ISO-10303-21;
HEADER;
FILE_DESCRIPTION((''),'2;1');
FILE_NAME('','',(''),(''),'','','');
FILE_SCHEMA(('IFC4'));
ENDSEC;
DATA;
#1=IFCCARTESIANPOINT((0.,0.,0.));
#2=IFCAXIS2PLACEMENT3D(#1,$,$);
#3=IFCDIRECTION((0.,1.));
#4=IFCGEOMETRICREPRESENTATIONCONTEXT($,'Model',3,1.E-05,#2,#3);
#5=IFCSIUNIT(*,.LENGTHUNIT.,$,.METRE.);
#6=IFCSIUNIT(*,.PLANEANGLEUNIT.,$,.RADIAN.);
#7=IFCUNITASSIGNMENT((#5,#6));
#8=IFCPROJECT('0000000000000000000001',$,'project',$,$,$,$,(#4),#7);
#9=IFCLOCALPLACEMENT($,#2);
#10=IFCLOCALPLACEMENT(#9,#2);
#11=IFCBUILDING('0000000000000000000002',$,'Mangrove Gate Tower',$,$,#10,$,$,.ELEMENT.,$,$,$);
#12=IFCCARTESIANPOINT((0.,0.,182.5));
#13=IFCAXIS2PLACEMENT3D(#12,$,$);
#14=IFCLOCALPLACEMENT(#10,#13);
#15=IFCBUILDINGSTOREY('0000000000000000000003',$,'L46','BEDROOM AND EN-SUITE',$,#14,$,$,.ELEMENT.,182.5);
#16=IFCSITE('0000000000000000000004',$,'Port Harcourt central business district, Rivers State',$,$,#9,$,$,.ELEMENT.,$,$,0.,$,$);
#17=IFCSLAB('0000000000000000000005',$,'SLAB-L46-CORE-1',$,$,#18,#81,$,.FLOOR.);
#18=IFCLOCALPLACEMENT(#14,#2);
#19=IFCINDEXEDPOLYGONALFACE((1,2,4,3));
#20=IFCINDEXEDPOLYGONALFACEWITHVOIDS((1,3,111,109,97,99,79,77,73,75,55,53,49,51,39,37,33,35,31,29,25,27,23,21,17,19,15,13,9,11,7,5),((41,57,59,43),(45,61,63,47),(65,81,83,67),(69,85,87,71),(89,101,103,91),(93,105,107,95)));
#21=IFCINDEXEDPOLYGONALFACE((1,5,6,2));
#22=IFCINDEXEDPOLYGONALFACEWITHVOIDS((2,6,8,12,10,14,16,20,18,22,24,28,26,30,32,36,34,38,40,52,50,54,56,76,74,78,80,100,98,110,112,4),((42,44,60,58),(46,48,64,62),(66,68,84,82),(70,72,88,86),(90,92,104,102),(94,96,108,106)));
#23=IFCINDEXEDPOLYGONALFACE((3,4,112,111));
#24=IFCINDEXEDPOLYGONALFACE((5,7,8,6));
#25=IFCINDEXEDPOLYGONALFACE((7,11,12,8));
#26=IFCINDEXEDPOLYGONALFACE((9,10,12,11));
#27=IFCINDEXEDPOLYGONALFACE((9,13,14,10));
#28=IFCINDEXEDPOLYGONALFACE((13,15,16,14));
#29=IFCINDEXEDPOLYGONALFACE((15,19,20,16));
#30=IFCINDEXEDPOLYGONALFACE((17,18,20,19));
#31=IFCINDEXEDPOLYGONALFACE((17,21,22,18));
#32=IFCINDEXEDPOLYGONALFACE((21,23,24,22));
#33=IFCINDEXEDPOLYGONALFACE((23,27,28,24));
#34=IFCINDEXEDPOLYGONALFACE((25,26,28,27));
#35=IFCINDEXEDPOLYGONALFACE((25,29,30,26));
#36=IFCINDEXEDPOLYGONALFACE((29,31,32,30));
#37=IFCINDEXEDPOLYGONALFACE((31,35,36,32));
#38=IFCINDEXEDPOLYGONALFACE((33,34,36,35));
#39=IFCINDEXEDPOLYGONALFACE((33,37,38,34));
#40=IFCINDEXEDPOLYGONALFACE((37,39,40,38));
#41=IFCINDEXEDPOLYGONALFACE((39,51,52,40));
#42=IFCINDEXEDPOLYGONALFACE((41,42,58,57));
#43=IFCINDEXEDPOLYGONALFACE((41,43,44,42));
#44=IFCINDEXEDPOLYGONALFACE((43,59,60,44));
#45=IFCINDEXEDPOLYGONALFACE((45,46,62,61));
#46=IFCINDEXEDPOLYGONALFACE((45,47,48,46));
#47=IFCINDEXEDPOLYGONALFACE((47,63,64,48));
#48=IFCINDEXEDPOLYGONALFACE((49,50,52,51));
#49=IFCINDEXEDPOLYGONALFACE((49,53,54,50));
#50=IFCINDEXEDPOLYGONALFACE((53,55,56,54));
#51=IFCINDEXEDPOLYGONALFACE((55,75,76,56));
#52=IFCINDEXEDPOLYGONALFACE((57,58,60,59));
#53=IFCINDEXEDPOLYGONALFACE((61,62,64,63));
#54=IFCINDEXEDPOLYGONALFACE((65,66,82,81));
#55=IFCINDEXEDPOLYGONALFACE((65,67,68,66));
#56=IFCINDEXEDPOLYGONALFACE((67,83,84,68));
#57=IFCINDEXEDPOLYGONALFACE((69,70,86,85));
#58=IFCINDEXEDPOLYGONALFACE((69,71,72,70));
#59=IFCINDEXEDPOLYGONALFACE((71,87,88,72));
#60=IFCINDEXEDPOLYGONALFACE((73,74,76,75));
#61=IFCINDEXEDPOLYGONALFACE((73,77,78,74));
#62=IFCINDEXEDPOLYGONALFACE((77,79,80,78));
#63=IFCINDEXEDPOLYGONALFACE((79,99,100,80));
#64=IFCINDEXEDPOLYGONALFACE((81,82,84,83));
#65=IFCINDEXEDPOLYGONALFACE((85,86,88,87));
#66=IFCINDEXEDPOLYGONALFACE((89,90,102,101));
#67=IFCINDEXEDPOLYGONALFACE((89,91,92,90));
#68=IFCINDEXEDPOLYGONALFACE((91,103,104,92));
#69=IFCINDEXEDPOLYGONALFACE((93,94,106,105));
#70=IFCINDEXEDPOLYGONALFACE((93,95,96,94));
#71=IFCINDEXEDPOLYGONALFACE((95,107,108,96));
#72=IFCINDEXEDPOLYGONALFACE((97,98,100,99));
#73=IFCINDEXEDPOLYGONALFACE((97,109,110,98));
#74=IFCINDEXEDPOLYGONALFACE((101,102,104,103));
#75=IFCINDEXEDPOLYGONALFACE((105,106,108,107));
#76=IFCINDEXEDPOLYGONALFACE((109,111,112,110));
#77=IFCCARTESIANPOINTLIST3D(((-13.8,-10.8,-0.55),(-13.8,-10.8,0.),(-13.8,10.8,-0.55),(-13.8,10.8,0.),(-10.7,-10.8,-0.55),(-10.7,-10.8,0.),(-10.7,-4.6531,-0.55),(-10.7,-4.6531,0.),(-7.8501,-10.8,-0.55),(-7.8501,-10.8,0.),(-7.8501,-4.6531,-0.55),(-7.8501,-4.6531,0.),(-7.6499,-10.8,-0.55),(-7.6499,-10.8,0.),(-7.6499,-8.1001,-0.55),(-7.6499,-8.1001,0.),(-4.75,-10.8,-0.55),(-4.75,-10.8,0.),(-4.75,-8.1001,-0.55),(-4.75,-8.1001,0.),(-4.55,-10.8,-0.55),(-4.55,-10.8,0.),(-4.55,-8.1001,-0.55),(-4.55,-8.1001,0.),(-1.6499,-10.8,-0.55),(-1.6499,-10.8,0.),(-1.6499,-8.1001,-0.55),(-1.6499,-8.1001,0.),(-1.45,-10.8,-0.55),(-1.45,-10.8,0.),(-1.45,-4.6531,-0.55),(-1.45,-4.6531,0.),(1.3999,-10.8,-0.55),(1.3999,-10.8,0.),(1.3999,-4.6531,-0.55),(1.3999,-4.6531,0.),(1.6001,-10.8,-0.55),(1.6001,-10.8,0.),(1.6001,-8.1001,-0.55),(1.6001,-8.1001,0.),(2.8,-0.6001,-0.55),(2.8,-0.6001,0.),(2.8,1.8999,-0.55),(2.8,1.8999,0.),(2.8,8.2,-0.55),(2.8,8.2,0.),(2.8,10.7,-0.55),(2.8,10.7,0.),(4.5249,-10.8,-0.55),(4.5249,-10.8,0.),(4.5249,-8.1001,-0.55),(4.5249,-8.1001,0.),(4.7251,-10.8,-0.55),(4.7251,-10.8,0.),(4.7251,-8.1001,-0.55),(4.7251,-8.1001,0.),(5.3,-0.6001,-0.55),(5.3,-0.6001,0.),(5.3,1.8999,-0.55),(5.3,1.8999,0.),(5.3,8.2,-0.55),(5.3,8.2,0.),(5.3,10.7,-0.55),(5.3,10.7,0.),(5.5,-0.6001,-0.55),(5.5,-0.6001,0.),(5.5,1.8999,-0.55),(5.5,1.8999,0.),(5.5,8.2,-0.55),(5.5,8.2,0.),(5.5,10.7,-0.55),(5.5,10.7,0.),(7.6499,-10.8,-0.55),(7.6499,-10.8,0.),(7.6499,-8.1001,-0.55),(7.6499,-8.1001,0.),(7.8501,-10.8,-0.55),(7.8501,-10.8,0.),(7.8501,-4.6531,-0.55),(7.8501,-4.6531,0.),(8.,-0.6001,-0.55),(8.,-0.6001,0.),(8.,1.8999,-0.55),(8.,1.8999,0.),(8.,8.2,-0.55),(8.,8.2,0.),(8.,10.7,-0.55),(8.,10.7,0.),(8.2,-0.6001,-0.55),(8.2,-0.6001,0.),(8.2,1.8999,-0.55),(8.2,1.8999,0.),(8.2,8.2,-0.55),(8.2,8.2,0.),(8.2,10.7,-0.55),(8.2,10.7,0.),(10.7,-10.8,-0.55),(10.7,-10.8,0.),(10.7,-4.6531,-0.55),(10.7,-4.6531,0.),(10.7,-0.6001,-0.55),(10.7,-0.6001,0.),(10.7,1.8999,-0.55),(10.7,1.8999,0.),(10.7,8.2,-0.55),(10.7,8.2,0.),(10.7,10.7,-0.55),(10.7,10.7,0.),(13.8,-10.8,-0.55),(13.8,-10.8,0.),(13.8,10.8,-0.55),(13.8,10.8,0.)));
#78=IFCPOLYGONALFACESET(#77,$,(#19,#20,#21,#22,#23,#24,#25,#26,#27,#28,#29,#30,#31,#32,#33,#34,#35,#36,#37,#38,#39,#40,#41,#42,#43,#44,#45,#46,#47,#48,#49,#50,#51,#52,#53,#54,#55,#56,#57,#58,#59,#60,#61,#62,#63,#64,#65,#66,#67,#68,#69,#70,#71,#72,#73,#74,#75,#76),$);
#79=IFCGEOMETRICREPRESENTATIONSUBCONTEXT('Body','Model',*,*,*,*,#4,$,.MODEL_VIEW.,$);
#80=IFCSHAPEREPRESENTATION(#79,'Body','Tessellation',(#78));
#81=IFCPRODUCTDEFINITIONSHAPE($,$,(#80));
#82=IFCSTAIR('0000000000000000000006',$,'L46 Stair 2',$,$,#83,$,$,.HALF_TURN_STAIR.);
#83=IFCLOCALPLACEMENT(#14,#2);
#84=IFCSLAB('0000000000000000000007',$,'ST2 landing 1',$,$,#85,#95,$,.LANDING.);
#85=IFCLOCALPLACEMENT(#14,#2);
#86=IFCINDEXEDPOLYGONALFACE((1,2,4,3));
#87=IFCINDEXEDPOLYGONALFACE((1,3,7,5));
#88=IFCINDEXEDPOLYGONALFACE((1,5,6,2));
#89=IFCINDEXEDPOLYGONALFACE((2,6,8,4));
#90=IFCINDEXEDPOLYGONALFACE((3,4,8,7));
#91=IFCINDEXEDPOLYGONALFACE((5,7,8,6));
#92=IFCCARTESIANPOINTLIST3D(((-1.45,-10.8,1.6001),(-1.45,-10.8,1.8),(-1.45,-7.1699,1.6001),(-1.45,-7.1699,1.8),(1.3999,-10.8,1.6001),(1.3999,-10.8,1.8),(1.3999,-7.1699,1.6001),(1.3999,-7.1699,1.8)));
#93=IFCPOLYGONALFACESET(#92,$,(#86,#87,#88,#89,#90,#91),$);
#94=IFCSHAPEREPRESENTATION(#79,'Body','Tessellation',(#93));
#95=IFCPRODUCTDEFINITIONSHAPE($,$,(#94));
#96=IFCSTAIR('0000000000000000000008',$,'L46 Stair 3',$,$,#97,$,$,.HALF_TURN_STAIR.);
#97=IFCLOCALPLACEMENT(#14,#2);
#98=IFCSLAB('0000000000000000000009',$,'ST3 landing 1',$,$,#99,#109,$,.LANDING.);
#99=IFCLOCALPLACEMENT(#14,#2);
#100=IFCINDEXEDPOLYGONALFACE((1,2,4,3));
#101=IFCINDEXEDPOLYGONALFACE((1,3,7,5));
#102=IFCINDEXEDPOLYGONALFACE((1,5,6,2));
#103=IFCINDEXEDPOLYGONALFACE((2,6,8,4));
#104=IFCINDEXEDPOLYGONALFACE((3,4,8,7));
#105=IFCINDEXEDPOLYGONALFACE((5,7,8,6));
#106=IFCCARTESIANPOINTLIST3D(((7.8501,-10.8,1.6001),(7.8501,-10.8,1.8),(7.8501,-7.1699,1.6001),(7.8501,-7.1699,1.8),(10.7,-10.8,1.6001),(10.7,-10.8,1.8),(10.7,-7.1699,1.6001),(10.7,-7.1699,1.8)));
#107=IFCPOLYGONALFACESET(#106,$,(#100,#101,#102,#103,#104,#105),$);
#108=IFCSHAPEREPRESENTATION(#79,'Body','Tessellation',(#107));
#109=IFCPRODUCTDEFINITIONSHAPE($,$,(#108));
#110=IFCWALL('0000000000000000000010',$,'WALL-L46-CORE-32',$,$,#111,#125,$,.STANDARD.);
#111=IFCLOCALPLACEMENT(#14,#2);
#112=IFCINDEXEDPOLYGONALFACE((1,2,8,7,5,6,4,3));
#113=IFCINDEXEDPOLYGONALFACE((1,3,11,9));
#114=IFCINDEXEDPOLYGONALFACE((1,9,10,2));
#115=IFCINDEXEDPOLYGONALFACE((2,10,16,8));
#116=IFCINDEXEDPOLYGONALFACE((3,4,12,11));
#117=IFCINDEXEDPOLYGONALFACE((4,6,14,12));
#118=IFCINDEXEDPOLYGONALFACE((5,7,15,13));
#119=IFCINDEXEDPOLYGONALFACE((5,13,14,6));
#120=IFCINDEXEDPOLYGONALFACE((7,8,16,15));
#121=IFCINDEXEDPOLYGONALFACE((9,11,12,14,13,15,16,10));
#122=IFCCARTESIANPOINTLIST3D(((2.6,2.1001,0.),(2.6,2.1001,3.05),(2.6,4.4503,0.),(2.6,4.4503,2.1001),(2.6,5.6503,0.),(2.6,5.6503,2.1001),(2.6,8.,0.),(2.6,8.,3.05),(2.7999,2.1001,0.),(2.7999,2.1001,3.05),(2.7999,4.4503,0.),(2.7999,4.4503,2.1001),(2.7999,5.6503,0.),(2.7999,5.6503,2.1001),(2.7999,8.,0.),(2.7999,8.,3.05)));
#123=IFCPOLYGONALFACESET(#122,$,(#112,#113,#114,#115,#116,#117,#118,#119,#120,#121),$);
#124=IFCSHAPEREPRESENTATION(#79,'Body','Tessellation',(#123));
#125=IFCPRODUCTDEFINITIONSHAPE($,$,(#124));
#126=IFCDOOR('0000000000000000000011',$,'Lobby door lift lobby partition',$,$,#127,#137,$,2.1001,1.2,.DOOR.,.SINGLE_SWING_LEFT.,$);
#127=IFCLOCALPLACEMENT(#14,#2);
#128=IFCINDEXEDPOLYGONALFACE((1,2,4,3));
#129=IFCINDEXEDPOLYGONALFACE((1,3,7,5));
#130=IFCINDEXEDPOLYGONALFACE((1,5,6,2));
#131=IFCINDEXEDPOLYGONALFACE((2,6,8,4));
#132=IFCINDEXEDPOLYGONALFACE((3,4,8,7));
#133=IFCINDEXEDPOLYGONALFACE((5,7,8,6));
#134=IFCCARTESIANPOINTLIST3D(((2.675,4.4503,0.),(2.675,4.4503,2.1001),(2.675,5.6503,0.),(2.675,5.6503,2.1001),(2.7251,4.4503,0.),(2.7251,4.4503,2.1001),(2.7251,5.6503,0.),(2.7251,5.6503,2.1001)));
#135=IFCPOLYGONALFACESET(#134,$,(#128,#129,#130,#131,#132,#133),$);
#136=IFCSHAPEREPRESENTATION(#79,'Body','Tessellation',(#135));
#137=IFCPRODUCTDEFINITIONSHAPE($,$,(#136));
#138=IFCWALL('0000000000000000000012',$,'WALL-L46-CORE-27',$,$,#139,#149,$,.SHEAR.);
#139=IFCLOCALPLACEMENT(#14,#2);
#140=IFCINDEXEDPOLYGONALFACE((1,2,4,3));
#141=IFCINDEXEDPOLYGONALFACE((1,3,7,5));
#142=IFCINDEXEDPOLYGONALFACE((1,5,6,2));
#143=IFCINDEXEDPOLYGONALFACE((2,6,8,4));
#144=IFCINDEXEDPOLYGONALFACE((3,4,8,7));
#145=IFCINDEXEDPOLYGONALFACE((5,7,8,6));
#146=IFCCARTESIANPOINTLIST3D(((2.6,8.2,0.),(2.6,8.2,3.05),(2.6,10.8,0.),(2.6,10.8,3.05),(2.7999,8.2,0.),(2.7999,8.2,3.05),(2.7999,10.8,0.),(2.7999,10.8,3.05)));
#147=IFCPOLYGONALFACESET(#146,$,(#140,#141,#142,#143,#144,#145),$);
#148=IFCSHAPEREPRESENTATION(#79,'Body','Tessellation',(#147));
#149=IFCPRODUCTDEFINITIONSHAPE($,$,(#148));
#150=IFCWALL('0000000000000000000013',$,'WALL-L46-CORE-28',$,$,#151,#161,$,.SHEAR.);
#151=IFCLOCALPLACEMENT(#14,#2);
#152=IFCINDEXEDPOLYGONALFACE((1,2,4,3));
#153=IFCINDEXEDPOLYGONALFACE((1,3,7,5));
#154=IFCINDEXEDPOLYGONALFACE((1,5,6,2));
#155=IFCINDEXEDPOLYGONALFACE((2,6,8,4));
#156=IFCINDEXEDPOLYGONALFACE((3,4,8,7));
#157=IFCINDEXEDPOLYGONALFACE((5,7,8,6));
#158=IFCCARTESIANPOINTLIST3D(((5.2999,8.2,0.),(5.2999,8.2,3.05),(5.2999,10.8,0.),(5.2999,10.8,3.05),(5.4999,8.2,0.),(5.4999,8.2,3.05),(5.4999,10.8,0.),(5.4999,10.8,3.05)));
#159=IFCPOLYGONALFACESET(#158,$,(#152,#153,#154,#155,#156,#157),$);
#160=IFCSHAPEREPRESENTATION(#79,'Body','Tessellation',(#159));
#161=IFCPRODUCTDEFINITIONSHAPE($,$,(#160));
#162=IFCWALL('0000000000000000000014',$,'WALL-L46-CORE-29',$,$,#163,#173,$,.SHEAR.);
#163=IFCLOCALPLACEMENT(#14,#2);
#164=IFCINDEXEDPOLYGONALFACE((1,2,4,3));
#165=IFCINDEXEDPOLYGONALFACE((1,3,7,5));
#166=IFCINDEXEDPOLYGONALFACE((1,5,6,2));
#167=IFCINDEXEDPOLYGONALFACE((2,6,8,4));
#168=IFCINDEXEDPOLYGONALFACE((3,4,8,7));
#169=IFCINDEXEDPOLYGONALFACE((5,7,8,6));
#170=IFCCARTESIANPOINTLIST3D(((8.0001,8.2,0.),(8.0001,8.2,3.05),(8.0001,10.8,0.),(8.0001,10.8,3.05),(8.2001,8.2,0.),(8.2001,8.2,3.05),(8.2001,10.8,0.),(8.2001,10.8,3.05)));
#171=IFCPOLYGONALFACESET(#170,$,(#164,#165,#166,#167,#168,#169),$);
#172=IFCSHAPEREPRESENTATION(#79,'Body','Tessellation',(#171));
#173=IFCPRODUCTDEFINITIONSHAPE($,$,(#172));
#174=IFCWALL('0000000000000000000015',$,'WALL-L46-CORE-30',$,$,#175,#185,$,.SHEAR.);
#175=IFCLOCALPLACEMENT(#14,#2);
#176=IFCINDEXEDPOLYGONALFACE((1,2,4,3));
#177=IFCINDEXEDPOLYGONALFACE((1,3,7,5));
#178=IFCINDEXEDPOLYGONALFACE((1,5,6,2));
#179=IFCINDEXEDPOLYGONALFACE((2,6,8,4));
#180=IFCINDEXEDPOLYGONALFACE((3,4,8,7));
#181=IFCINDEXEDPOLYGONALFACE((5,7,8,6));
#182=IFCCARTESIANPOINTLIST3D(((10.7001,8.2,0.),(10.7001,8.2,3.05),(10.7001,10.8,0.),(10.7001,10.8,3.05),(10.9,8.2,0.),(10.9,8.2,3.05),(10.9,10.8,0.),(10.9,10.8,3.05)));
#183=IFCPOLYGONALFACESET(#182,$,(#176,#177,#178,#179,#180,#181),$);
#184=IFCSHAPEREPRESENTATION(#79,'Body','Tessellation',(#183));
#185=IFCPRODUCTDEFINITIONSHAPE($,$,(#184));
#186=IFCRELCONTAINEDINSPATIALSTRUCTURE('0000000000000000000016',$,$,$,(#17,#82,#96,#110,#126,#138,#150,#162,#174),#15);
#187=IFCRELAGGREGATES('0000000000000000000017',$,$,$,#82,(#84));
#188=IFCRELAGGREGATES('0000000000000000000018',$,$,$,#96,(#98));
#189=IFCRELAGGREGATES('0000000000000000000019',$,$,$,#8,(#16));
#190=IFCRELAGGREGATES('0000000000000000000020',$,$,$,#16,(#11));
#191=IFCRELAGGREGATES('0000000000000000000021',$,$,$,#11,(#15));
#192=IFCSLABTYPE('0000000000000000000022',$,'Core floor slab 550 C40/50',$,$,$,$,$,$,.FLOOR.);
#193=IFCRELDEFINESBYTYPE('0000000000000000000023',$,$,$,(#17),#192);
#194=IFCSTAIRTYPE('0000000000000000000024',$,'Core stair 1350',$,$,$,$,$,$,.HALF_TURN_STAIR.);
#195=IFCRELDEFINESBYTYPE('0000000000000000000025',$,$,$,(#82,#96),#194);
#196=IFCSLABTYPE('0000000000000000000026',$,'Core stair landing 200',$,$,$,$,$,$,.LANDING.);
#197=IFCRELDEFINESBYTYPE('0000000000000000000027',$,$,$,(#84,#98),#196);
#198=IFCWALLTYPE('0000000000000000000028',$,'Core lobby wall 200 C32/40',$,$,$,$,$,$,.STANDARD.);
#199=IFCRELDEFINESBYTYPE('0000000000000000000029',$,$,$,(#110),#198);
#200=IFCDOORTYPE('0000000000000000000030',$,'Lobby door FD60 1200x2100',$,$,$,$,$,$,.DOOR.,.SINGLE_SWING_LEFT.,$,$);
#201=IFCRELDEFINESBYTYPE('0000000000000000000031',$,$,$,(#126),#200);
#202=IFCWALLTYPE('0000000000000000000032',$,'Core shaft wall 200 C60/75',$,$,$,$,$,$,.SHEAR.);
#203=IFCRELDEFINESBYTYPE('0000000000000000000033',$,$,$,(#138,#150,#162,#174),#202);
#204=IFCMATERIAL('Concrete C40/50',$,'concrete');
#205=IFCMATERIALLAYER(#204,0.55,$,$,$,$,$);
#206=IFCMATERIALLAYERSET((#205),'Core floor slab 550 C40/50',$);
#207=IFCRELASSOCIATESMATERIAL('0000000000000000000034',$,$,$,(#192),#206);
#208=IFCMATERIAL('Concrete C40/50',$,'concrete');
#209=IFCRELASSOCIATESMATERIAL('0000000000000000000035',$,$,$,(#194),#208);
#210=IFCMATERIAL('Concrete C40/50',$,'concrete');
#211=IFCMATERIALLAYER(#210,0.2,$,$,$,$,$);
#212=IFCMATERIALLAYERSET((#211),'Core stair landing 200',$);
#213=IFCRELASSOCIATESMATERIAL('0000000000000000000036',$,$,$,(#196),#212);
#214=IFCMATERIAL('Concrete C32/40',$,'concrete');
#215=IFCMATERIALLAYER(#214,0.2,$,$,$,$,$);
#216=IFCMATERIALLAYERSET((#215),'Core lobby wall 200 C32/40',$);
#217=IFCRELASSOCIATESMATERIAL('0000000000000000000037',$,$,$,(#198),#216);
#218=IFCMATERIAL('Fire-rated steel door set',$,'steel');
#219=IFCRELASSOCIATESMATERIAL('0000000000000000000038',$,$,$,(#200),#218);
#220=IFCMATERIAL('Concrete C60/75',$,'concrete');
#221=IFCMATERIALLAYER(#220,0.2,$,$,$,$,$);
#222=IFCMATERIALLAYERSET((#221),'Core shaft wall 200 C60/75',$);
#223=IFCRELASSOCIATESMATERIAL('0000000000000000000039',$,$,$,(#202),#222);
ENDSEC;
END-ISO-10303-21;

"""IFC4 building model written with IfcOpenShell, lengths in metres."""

from ifc_helpers import new_model, si_unit, direction, frame, frame_2d, origin, place, context, subcontext, project, spatial, polyline, rectangle, outline, extrude, material, layer, layer_set, type_object, element, fill, aggregate, save


model = new_model("IFC4")

# Units and contexts
model_context = context("Model", 3, precision=1e-05, world=origin(), true_north=direction((0.0, 1.0)))
body_context = subcontext(model_context, "Body", "Model", "MODEL_VIEW")
ifc_project = project(units=[si_unit("LENGTHUNIT", "METRE"), si_unit("PLANEANGLEUNIT", "RADIAN")], contexts=[model_context])

# Site, building, storey
site_placement = place(None, origin())
site = spatial("IfcSite", under=ifc_project, at=site_placement, Name="Port Harcourt central business district, Rivers State", CompositionType="ELEMENT", RefElevation=0.0)
building_placement = place(site_placement, origin())
building = spatial("IfcBuilding", under=site, at=building_placement, Name="Mangrove Gate Tower", CompositionType="ELEMENT")
storey_placement = place(building_placement, frame((0.0, 0.0, 182.5)))
storey = spatial("IfcBuildingStorey", under=building, at=storey_placement, Name="L46", Description="BEDROOM AND EN-SUITE", CompositionType="ELEMENT", Elevation=182.5)

# Slab
ifc_material_1 = material(Name="Concrete C40/50", Category="concrete")
ifc_layer_1 = layer(ifc_material_1, 0.55)
ifc_layer_set_1 = layer_set([ifc_layer_1], Name="Core floor slab 550 C40/50")
slab_type_1 = type_object("IfcSlabType", Name="Core floor slab 550 C40/50", PredefinedType="FLOOR", material=ifc_layer_set_1)
slab_1_placement = place(storey_placement, frame((0.0, 0.0, -0.55)))
element("IfcSlab", 1, at=slab_1_placement, inside=storey, type_object=slab_type_1, Name="SLAB-L46-CORE-1", PredefinedType="FLOOR", context=body_context, shape_type="SweptSolid", body=[
    extrude(outline(polyline([(-13.8, -10.8), (-13.8, 10.8), (13.8, 10.8), (13.8, -10.8), (10.7, -10.8), (10.7, -4.6531), (7.8501, -4.6531), (7.8501, -10.8), (7.6499, -10.8), (7.6499, -8.1001), (4.7251, -8.1001), (4.7251, -10.8), (4.5249, -10.8), (4.5249, -8.1001), (1.6001, -8.1001), (1.6001, -10.8), (1.3999, -10.8), (1.3999, -4.6531), (-1.45, -4.6531), (-1.45, -10.8), (-1.6499, -10.8), (-1.6499, -8.1001), (-4.55, -8.1001), (-4.55, -10.8), (-4.75, -10.8), (-4.75, -8.1001), (-7.6499, -8.1001), (-7.6499, -10.8), (-7.8501, -10.8), (-7.8501, -4.6531), (-10.7, -4.6531), (-10.7, -10.8), (-13.8, -10.8)]), holes=[polyline([(5.3, -0.6001), (5.3, 1.8999), (2.8, 1.8999), (2.8, -0.6001), (5.3, -0.6001)]), polyline([(5.3, 10.7), (2.8, 10.7), (2.8, 8.2), (5.3, 8.2), (5.3, 10.7)]), polyline([(8.0, -0.6001), (8.0, 1.8999), (5.5, 1.8999), (5.5, -0.6001), (8.0, -0.6001)]), polyline([(10.7, -0.6001), (10.7, 1.8999), (8.2, 1.8999), (8.2, -0.6001), (10.7, -0.6001)]), polyline([(8.0, 8.2), (8.0, 10.7), (5.5, 10.7), (5.5, 8.2), (8.0, 8.2)]), polyline([(10.7, 8.2), (10.7, 10.7), (8.2, 10.7), (8.2, 8.2), (10.7, 8.2)])]), origin(), (0.0, 0.0, 1.0), 0.55),
])

# Stairs, slabs
ifc_material_2 = material(Name="Concrete C40/50", Category="concrete")
stair_type = type_object("IfcStairType", Name="Core stair 1350", PredefinedType="HALF_TURN_STAIR", material=ifc_material_2)
stair_1_placement = place(storey_placement, origin())
stair_1 = element("IfcStair", 2, at=stair_1_placement, inside=storey, type_object=stair_type, Name="L46 Stair 2", PredefinedType="HALF_TURN_STAIR")
ifc_material_3 = material(Name="Concrete C40/50", Category="concrete")
ifc_layer_2 = layer(ifc_material_3, 0.2)
ifc_layer_set_2 = layer_set([ifc_layer_2], Name="Core stair landing 200")
slab_type_2 = type_object("IfcSlabType", Name="Core stair landing 200", PredefinedType="LANDING", material=ifc_layer_set_2)
slab_2_placement = place(storey_placement, frame((0.0, 0.0, 1.6001)))
slab_2 = element("IfcSlab", 3, at=slab_2_placement, type_object=slab_type_2, Name="ST2 landing 1", PredefinedType="LANDING", context=body_context, shape_type="SweptSolid", body=[
    extrude(outline(polyline([(-1.45, -7.1699), (-1.45, -10.8), (1.3999, -10.8), (1.3999, -7.1699), (-1.45, -7.1699)])), origin(), (0.0, 0.0, 1.0), 0.2),
])
aggregate(stair_1, [slab_2])
stair_2_placement = place(storey_placement, origin())
stair_2 = element("IfcStair", 4, at=stair_2_placement, inside=storey, type_object=stair_type, Name="L46 Stair 3", PredefinedType="HALF_TURN_STAIR")
slab_3_placement = place(storey_placement, frame((0.0, 0.0, 1.6001)))
slab_3 = element("IfcSlab", 5, at=slab_3_placement, type_object=slab_type_2, Name="ST3 landing 1", PredefinedType="LANDING", context=body_context, shape_type="SweptSolid", body=[
    extrude(outline(polyline([(7.8501, -7.1699), (7.8501, -10.8), (10.7, -10.8), (10.7, -7.1699), (7.8501, -7.1699)])), origin(), (0.0, 0.0, 1.0), 0.2),
])
aggregate(stair_2, [slab_3])

# Wall, opening, door
ifc_material_4 = material(Name="Concrete C32/40", Category="concrete")
ifc_layer_3 = layer(ifc_material_4, 0.2)
ifc_layer_set_3 = layer_set([ifc_layer_3], Name="Core lobby wall 200 C32/40")
wall_type_1 = type_object("IfcWallType", Name="Core lobby wall 200 C32/40", PredefinedType="STANDARD", material=ifc_layer_set_3)
wall_1_placement = place(storey_placement, frame((2.7, 2.1001, 0.0), z_axis=(0.0, 0.0, 1.0), x_axis=(0.0, 1.0, 0.0)))
wall_1 = element("IfcWall", 6, at=wall_1_placement, inside=storey, type_object=wall_type_1, Name="WALL-L46-CORE-32", PredefinedType="STANDARD", context=body_context, shape_type="SweptSolid", body=[
    extrude(rectangle(XDim=5.8999, YDim=0.2, at=frame_2d((2.95, 0.0))), origin(), (0.0, 0.0, 1.0), 3.05),
])
opening_1_placement = place(wall_1_placement, frame((2.3501, 0.0, 0.0)))
opening_1 = element("IfcOpeningElement", 7, at=opening_1_placement, cuts=wall_1, PredefinedType="OPENING", context=body_context, shape_type="SweptSolid", body=[
    extrude(rectangle(XDim=1.2, YDim=2.1001, at=frame_2d((0.6001, 1.05))), frame((0.0, 0.1099, 0.0), z_axis=(0.0, -1.0, 0.0), x_axis=(1.0, 0.0, 0.0)), (0.0, 0.0, 1.0), 0.22),
])
ifc_material_5 = material(Name="Fire-rated steel door set", Category="steel")
door_type_1 = type_object("IfcDoorType", Name="Lobby door FD60 1200x2100", OperationType="SINGLE_SWING_LEFT", PredefinedType="DOOR", material=ifc_material_5)
door_1_placement = place(opening_1_placement, origin())
door_1 = element("IfcDoor", 8, at=door_1_placement, inside=storey, type_object=door_type_1, Name="Lobby door lift lobby partition", OperationType="SINGLE_SWING_LEFT", OverallHeight=2.1001, OverallWidth=1.2, PredefinedType="DOOR", context=body_context, shape_type="SweptSolid", body=[
    extrude(rectangle(XDim=1.2, YDim=2.1001, at=frame_2d((0.6001, 1.05))), frame((0.0, 0.0249, 0.0), z_axis=(0.0, -1.0, 0.0), x_axis=(1.0, 0.0, 0.0)), (0.0, 0.0, 1.0), 0.05),
])
fill(opening_1, door_1)

# Walls
ifc_material_6 = material(Name="Concrete C60/75", Category="concrete")
ifc_layer_4 = layer(ifc_material_6, 0.2)
ifc_layer_set_4 = layer_set([ifc_layer_4], Name="Core shaft wall 200 C60/75")
wall_type_2 = type_object("IfcWallType", Name="Core shaft wall 200 C60/75", PredefinedType="SHEAR", material=ifc_layer_set_4)
for number, where, z_axis, x_axis, name in (
    (9, (2.7, 8.2, 0.0), (0.0, 0.0, 1.0), (0.0, 1.0, 0.0), "WALL-L46-CORE-27"),
    (10, (5.3999, 8.2, 0.0), (0.0, 0.0, 1.0), (0.0, 1.0, 0.0), "WALL-L46-CORE-28"),
    (11, (8.1001, 8.2, 0.0), (0.0, 0.0, 1.0), (0.0, 1.0, 0.0), "WALL-L46-CORE-29"),
    (12, (10.8, 8.2, 0.0), (0.0, 0.0, 1.0), (0.0, 1.0, 0.0), "WALL-L46-CORE-30"),
):
    element("IfcWall", number, at=place(storey_placement, frame(where, z_axis=z_axis, x_axis=x_axis)), inside=storey, type_object=wall_type_2, Name=name, PredefinedType="SHEAR", context=body_context, shape_type="SweptSolid", body=[
        extrude(rectangle(XDim=2.6001, YDim=0.2, at=frame_2d((1.3, 0.0))), origin(), (0.0, 0.0, 1.0), 3.05),
    ])

save(model, "model.ifc")
